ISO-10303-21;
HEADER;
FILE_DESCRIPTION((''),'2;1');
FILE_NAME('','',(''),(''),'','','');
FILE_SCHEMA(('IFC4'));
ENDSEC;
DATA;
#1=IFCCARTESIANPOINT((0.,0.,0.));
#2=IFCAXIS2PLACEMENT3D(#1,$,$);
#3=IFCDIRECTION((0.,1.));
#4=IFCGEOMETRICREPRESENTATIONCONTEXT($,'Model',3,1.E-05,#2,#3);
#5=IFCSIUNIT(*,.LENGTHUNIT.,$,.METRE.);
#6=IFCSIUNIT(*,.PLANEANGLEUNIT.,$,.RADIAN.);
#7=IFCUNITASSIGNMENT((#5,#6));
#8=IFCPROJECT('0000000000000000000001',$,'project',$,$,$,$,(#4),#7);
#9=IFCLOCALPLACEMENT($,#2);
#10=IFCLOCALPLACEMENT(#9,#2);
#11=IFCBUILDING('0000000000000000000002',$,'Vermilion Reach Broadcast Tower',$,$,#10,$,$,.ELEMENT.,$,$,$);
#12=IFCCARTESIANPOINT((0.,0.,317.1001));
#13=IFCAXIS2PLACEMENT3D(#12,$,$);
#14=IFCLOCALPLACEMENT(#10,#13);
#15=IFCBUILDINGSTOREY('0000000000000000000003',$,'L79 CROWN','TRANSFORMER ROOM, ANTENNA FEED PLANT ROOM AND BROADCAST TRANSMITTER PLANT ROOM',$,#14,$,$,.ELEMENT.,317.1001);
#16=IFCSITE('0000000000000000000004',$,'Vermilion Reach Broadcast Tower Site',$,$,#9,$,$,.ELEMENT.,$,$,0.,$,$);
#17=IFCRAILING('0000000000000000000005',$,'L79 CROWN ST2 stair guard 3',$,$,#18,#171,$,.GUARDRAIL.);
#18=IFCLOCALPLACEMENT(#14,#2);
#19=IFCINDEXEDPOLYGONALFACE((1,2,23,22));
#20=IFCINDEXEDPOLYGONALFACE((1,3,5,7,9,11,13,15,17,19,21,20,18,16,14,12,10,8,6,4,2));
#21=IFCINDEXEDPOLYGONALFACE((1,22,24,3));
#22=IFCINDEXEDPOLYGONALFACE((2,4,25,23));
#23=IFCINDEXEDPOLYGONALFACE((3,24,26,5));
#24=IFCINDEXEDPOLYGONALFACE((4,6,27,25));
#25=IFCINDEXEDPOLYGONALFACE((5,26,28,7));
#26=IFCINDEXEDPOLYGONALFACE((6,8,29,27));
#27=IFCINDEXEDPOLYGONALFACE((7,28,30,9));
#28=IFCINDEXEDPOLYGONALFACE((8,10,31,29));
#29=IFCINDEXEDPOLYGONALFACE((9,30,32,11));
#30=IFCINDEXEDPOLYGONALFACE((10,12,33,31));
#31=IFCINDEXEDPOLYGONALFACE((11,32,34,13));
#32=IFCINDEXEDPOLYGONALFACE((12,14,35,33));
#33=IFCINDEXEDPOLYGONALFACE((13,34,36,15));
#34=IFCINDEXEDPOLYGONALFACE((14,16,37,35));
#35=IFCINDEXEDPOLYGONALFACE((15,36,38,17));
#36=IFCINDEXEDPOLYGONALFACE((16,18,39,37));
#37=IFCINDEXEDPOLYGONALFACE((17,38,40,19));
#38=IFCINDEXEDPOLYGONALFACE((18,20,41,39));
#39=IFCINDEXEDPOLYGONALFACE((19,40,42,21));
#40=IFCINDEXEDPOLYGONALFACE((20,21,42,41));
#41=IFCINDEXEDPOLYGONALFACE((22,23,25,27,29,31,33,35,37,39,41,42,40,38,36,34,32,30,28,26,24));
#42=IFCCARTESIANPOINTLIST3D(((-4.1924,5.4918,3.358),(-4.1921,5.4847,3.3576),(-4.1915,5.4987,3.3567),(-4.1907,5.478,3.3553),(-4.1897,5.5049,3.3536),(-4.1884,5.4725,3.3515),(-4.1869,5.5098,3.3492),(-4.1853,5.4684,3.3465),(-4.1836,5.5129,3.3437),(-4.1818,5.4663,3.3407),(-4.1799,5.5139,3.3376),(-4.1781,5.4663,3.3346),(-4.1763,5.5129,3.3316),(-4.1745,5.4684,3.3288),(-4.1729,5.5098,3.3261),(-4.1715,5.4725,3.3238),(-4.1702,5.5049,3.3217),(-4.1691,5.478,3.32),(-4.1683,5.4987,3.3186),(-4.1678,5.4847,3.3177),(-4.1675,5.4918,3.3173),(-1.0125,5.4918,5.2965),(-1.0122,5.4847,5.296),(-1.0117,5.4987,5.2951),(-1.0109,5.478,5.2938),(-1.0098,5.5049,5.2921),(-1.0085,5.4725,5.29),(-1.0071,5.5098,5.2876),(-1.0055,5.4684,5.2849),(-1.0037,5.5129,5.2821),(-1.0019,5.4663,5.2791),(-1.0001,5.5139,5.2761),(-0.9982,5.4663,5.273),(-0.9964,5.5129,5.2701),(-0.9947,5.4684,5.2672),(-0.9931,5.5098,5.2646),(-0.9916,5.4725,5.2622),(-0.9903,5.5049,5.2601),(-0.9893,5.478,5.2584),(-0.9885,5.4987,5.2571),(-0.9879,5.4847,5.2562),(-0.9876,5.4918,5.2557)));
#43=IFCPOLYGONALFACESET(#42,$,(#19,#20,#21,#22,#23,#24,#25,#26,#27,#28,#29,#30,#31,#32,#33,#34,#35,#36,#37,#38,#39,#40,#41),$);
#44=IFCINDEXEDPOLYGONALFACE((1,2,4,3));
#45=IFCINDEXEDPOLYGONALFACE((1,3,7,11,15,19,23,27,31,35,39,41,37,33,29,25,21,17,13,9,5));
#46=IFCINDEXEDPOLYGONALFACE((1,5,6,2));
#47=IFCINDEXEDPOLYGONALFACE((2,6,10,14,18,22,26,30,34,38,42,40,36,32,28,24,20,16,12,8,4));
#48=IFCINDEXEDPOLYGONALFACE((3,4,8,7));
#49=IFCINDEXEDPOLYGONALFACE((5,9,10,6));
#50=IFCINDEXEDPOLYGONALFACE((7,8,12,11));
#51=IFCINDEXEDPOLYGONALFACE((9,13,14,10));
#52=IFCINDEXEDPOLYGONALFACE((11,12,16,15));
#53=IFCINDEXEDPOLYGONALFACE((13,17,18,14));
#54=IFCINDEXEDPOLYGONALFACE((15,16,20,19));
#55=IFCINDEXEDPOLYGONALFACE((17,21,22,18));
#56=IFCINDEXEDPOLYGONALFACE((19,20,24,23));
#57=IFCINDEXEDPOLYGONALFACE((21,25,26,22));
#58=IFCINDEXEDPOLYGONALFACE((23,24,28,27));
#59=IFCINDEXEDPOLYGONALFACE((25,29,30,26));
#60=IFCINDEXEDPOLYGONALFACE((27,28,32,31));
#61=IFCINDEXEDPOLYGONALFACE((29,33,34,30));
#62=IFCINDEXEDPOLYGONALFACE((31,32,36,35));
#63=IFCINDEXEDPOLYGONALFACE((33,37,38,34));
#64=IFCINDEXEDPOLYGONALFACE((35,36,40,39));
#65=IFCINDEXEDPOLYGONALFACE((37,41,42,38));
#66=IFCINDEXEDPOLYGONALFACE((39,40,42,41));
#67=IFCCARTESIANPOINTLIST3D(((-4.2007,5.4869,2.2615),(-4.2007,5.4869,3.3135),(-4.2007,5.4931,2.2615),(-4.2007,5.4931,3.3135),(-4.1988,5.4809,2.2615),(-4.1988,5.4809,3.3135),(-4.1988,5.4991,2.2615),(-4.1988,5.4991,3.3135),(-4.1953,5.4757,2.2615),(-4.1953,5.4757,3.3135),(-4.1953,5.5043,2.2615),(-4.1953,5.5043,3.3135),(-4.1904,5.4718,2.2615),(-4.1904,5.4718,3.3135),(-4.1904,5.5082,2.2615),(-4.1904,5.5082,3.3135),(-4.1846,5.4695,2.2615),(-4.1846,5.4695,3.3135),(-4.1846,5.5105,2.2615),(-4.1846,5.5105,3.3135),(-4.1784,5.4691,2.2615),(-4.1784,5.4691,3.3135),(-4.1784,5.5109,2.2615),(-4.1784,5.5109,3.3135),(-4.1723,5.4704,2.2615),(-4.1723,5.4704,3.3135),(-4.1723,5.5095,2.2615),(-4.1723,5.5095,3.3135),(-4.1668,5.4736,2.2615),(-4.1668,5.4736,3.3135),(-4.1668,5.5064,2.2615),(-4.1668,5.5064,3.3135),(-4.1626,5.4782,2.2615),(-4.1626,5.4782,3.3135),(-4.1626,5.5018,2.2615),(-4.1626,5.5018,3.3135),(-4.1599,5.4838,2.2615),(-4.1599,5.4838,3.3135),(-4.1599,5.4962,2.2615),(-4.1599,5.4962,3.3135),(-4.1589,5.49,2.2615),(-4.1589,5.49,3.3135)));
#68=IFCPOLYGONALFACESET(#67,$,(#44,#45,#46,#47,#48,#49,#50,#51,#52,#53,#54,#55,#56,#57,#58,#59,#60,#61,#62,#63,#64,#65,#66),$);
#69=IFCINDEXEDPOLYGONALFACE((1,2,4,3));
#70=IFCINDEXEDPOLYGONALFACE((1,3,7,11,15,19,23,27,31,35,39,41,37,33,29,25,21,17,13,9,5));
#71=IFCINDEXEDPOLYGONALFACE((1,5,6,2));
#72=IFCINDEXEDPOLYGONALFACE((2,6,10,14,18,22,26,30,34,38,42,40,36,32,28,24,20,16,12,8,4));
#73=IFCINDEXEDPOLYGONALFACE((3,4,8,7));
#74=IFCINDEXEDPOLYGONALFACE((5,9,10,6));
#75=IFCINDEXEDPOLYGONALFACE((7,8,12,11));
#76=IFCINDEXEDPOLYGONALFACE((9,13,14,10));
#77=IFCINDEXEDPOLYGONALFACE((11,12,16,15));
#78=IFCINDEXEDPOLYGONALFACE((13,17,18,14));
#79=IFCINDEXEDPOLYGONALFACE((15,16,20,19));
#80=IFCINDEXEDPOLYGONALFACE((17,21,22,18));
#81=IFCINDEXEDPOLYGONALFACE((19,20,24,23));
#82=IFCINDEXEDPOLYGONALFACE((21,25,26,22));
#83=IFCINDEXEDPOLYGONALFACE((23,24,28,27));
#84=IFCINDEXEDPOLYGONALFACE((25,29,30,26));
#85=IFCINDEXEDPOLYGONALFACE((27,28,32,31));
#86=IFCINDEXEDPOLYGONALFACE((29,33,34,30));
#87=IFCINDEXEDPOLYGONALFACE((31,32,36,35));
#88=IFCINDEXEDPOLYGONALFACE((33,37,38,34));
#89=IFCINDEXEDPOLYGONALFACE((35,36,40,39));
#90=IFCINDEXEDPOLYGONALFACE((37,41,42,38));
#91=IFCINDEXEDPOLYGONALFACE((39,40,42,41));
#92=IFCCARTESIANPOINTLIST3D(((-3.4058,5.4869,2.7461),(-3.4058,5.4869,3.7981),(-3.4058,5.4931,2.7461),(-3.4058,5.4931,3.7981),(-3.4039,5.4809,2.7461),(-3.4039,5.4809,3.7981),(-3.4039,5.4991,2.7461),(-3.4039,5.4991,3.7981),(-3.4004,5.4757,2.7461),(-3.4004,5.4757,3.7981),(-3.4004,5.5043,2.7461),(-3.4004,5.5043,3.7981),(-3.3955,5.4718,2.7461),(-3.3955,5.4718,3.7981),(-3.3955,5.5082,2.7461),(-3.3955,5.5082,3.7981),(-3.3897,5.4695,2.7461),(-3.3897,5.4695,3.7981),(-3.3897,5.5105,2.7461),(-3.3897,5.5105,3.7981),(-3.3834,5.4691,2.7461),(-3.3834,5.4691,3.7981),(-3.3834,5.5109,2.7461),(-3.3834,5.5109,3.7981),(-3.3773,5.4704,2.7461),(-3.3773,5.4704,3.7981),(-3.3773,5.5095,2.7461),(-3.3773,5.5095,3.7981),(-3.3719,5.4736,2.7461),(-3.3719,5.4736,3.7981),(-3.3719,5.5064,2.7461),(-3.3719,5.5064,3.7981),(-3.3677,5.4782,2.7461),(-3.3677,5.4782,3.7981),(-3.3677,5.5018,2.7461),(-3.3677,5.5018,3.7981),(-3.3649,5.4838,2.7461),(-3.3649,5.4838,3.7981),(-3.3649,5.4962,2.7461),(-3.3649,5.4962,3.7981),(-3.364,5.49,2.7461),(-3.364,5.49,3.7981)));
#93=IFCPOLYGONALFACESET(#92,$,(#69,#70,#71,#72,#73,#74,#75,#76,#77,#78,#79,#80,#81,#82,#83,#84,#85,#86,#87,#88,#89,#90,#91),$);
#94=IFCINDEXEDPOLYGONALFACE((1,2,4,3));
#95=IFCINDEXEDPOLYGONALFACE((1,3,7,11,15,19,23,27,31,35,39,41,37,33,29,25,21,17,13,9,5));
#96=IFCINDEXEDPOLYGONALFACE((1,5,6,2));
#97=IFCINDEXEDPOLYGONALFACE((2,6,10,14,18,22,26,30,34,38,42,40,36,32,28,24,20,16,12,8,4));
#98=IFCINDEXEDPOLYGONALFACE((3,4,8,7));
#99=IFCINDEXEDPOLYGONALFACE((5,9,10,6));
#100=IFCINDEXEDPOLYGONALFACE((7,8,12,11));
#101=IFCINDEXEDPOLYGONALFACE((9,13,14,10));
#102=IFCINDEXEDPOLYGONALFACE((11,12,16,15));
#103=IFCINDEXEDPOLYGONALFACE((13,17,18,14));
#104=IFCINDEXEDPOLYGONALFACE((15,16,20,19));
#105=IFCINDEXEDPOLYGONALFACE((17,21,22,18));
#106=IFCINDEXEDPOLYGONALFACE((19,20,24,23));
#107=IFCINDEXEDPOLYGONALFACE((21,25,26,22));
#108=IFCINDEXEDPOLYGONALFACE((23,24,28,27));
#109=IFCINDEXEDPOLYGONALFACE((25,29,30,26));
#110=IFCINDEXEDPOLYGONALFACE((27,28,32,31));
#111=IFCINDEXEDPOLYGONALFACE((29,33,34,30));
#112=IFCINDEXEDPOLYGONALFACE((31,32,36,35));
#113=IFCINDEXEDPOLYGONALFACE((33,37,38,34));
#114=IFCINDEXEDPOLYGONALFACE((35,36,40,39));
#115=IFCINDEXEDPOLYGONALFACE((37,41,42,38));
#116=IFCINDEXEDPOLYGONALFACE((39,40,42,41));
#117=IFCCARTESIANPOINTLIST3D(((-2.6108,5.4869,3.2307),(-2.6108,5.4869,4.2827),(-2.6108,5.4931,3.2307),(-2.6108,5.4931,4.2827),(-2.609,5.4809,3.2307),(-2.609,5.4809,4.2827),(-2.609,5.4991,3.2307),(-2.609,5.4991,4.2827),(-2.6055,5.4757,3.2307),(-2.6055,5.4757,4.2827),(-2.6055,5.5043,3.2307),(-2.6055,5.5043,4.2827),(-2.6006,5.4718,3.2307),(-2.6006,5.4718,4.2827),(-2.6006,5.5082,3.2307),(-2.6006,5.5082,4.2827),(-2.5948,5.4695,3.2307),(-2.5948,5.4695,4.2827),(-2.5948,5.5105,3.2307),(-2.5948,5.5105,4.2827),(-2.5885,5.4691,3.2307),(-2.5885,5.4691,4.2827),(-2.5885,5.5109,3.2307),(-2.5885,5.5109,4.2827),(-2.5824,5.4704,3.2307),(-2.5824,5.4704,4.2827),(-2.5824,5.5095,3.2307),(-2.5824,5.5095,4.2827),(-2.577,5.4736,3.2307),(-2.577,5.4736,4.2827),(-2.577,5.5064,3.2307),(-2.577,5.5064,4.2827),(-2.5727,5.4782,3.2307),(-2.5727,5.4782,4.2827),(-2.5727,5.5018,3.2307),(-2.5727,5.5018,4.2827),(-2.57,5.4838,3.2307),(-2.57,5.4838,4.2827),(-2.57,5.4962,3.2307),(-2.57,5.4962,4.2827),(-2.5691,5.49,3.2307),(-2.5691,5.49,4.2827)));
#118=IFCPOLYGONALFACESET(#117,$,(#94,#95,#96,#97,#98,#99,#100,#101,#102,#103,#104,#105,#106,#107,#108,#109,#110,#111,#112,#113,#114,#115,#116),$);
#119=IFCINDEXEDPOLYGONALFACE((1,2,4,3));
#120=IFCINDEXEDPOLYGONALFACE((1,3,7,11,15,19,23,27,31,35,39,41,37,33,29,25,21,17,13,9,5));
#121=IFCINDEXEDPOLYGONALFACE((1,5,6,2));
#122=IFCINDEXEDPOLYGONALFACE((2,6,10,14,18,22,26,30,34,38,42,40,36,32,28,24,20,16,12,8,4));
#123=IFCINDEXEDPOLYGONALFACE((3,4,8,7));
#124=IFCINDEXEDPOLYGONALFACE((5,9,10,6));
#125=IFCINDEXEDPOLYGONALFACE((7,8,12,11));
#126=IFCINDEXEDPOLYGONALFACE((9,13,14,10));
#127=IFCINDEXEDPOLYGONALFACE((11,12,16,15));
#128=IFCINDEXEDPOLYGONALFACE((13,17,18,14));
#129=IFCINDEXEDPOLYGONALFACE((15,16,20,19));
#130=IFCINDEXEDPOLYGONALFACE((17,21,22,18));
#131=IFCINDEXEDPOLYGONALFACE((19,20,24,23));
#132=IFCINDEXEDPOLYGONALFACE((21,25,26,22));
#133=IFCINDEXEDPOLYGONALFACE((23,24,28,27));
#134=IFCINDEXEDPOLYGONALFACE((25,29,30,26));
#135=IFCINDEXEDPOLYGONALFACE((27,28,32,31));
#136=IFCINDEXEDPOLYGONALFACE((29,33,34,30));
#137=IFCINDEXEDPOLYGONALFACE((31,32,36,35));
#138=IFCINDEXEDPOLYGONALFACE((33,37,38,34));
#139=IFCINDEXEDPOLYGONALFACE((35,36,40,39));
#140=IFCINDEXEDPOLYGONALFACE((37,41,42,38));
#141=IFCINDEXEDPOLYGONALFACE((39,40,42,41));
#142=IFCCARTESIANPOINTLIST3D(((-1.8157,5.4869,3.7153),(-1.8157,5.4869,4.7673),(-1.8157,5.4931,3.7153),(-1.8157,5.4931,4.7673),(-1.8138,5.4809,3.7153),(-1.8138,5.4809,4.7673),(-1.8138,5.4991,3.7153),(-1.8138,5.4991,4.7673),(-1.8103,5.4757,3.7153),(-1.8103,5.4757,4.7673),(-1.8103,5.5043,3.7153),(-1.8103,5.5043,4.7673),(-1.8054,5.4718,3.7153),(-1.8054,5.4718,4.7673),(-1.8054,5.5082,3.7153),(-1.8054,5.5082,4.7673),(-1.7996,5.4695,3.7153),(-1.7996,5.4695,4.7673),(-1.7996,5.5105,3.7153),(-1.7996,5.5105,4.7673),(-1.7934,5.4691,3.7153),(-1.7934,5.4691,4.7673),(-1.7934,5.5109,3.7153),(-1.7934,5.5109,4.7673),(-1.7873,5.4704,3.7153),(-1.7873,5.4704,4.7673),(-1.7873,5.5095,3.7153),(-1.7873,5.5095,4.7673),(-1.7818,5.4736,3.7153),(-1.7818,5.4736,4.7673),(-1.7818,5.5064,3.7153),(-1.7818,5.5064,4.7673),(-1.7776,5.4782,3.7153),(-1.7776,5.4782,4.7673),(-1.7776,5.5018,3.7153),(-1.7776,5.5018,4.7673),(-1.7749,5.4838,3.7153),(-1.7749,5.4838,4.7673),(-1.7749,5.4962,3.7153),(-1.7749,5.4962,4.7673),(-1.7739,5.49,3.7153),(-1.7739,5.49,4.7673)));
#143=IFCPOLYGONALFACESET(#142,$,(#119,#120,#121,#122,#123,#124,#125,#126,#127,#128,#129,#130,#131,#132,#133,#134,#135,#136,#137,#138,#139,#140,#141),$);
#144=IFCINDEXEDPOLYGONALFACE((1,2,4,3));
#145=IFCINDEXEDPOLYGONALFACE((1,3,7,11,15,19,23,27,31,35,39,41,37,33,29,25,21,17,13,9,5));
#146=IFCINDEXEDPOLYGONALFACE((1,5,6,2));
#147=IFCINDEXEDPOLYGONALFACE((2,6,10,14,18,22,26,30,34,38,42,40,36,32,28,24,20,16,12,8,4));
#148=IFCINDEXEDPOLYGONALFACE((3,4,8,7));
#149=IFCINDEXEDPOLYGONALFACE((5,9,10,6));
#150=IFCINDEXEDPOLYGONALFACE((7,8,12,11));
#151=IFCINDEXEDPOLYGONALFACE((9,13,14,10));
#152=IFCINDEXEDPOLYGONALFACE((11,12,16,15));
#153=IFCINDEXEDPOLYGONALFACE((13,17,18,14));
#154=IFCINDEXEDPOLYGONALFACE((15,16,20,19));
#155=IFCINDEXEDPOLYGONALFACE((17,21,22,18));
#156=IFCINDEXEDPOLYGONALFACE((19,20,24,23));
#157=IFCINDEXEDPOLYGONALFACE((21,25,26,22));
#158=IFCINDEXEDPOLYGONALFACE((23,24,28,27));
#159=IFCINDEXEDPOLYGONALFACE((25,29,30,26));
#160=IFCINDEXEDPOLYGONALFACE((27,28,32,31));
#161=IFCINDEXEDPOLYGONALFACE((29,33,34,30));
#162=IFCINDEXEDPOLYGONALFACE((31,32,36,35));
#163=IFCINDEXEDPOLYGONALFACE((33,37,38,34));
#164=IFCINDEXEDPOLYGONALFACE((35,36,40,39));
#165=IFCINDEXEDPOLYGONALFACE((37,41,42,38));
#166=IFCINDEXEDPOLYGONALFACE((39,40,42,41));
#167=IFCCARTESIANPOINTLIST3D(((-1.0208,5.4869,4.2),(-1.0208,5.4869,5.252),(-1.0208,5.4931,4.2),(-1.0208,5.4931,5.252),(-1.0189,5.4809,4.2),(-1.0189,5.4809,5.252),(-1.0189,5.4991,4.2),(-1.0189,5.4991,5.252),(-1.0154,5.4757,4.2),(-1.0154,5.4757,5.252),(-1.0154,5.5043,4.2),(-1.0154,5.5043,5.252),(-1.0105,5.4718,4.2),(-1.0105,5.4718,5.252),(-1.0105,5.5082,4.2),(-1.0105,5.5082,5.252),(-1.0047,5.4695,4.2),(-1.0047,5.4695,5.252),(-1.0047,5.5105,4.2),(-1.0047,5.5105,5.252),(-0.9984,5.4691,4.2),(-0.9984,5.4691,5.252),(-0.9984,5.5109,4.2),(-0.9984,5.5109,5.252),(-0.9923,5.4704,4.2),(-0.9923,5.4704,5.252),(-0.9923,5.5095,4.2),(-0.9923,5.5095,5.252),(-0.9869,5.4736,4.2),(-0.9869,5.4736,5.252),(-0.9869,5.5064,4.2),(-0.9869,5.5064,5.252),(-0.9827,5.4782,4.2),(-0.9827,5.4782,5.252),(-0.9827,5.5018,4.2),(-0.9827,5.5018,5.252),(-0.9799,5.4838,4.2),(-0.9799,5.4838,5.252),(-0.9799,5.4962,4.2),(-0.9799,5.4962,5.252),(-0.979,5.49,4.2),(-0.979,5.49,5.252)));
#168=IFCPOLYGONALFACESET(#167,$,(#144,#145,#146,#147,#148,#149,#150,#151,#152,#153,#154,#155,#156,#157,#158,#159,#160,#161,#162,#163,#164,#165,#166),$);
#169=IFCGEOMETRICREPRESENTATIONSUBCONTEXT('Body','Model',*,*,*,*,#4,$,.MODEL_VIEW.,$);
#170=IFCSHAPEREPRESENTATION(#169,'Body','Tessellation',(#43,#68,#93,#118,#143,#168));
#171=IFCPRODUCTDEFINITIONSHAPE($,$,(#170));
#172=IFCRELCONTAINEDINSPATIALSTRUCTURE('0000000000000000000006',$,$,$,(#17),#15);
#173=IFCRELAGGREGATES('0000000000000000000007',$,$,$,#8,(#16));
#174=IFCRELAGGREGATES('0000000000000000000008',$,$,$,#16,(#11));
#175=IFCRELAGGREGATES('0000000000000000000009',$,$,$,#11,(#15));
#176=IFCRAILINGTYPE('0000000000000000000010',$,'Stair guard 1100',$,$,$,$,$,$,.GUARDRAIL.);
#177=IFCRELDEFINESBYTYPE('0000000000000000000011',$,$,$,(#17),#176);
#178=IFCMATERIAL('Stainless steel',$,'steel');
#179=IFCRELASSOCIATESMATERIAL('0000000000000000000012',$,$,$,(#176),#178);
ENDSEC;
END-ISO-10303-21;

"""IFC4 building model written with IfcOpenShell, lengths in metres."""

from ifc_helpers import new_model, si_unit, direction, frame, origin, origin_2d, place, context, subcontext, project, spatial, circle, extrude, material, type_object, element, save


model = new_model("IFC4")

# Units and contexts
model_context = context("Model", 3, precision=1e-05, world=origin(), true_north=direction((0.0, 1.0)))
body_context = subcontext(model_context, "Body", "Model", "MODEL_VIEW")
ifc_project = project(units=[si_unit("LENGTHUNIT", "METRE"), si_unit("PLANEANGLEUNIT", "RADIAN")], contexts=[model_context])

# Site, building, storey
site_placement = place(None, origin())
site = spatial("IfcSite", under=ifc_project, at=site_placement, Name="Vermilion Reach Broadcast Tower Site", CompositionType="ELEMENT", RefElevation=0.0)
building_placement = place(site_placement, origin())
building = spatial("IfcBuilding", under=site, at=building_placement, Name="Vermilion Reach Broadcast Tower", CompositionType="ELEMENT")
storey_placement = place(building_placement, frame((0.0, 0.0, 317.1001)))
storey = spatial("IfcBuildingStorey", under=building, at=storey_placement, Name="L79 CROWN", Description="TRANSFORMER ROOM, ANTENNA FEED PLANT ROOM AND BROADCAST TRANSMITTER PLANT ROOM", CompositionType="ELEMENT", Elevation=317.1001)

# Railing
ifc_material_1 = material(Name="Stainless steel", Category="steel")
railing_type_1 = type_object("IfcRailingType", Name="Stair guard 1100", PredefinedType="GUARDRAIL", material=ifc_material_1)
railing_1_placement = place(storey_placement, frame((-4.1799, 5.49, 2.2615)))
element("IfcRailing", 1, at=railing_1_placement, inside=storey, type_object=railing_type_1, Name="L79 CROWN ST2 stair guard 3", PredefinedType="GUARDRAIL", context=body_context, shape_type="SweptSolid", body=[
    extrude(circle(Radius=0.0239, at=origin_2d()), frame((0.0, 0.0, 1.0762), z_axis=(0.853857, 0.0, 0.520508), x_axis=(0.0, 1.0, 0.0)), (0.0, 0.0, 1.0), 3.7241),
    extrude(circle(Radius=0.021, at=origin_2d()), origin(), (0.0, 0.0, 1.0), 1.052),
    extrude(circle(Radius=0.021, at=origin_2d()), frame((0.7949, 0.0, 0.4846)), (0.0, 0.0, 1.0), 1.052),
    extrude(circle(Radius=0.021, at=origin_2d()), frame((1.5898, 0.0, 0.9692)), (0.0, 0.0, 1.0), 1.052),
    extrude(circle(Radius=0.021, at=origin_2d()), frame((2.385, 0.0, 1.4539)), (0.0, 0.0, 1.0), 1.052),
    extrude(circle(Radius=0.021, at=origin_2d()), frame((3.1799, 0.0, 1.9385)), (0.0, 0.0, 1.0), 1.052),
])

save(model, "model.ifc")
